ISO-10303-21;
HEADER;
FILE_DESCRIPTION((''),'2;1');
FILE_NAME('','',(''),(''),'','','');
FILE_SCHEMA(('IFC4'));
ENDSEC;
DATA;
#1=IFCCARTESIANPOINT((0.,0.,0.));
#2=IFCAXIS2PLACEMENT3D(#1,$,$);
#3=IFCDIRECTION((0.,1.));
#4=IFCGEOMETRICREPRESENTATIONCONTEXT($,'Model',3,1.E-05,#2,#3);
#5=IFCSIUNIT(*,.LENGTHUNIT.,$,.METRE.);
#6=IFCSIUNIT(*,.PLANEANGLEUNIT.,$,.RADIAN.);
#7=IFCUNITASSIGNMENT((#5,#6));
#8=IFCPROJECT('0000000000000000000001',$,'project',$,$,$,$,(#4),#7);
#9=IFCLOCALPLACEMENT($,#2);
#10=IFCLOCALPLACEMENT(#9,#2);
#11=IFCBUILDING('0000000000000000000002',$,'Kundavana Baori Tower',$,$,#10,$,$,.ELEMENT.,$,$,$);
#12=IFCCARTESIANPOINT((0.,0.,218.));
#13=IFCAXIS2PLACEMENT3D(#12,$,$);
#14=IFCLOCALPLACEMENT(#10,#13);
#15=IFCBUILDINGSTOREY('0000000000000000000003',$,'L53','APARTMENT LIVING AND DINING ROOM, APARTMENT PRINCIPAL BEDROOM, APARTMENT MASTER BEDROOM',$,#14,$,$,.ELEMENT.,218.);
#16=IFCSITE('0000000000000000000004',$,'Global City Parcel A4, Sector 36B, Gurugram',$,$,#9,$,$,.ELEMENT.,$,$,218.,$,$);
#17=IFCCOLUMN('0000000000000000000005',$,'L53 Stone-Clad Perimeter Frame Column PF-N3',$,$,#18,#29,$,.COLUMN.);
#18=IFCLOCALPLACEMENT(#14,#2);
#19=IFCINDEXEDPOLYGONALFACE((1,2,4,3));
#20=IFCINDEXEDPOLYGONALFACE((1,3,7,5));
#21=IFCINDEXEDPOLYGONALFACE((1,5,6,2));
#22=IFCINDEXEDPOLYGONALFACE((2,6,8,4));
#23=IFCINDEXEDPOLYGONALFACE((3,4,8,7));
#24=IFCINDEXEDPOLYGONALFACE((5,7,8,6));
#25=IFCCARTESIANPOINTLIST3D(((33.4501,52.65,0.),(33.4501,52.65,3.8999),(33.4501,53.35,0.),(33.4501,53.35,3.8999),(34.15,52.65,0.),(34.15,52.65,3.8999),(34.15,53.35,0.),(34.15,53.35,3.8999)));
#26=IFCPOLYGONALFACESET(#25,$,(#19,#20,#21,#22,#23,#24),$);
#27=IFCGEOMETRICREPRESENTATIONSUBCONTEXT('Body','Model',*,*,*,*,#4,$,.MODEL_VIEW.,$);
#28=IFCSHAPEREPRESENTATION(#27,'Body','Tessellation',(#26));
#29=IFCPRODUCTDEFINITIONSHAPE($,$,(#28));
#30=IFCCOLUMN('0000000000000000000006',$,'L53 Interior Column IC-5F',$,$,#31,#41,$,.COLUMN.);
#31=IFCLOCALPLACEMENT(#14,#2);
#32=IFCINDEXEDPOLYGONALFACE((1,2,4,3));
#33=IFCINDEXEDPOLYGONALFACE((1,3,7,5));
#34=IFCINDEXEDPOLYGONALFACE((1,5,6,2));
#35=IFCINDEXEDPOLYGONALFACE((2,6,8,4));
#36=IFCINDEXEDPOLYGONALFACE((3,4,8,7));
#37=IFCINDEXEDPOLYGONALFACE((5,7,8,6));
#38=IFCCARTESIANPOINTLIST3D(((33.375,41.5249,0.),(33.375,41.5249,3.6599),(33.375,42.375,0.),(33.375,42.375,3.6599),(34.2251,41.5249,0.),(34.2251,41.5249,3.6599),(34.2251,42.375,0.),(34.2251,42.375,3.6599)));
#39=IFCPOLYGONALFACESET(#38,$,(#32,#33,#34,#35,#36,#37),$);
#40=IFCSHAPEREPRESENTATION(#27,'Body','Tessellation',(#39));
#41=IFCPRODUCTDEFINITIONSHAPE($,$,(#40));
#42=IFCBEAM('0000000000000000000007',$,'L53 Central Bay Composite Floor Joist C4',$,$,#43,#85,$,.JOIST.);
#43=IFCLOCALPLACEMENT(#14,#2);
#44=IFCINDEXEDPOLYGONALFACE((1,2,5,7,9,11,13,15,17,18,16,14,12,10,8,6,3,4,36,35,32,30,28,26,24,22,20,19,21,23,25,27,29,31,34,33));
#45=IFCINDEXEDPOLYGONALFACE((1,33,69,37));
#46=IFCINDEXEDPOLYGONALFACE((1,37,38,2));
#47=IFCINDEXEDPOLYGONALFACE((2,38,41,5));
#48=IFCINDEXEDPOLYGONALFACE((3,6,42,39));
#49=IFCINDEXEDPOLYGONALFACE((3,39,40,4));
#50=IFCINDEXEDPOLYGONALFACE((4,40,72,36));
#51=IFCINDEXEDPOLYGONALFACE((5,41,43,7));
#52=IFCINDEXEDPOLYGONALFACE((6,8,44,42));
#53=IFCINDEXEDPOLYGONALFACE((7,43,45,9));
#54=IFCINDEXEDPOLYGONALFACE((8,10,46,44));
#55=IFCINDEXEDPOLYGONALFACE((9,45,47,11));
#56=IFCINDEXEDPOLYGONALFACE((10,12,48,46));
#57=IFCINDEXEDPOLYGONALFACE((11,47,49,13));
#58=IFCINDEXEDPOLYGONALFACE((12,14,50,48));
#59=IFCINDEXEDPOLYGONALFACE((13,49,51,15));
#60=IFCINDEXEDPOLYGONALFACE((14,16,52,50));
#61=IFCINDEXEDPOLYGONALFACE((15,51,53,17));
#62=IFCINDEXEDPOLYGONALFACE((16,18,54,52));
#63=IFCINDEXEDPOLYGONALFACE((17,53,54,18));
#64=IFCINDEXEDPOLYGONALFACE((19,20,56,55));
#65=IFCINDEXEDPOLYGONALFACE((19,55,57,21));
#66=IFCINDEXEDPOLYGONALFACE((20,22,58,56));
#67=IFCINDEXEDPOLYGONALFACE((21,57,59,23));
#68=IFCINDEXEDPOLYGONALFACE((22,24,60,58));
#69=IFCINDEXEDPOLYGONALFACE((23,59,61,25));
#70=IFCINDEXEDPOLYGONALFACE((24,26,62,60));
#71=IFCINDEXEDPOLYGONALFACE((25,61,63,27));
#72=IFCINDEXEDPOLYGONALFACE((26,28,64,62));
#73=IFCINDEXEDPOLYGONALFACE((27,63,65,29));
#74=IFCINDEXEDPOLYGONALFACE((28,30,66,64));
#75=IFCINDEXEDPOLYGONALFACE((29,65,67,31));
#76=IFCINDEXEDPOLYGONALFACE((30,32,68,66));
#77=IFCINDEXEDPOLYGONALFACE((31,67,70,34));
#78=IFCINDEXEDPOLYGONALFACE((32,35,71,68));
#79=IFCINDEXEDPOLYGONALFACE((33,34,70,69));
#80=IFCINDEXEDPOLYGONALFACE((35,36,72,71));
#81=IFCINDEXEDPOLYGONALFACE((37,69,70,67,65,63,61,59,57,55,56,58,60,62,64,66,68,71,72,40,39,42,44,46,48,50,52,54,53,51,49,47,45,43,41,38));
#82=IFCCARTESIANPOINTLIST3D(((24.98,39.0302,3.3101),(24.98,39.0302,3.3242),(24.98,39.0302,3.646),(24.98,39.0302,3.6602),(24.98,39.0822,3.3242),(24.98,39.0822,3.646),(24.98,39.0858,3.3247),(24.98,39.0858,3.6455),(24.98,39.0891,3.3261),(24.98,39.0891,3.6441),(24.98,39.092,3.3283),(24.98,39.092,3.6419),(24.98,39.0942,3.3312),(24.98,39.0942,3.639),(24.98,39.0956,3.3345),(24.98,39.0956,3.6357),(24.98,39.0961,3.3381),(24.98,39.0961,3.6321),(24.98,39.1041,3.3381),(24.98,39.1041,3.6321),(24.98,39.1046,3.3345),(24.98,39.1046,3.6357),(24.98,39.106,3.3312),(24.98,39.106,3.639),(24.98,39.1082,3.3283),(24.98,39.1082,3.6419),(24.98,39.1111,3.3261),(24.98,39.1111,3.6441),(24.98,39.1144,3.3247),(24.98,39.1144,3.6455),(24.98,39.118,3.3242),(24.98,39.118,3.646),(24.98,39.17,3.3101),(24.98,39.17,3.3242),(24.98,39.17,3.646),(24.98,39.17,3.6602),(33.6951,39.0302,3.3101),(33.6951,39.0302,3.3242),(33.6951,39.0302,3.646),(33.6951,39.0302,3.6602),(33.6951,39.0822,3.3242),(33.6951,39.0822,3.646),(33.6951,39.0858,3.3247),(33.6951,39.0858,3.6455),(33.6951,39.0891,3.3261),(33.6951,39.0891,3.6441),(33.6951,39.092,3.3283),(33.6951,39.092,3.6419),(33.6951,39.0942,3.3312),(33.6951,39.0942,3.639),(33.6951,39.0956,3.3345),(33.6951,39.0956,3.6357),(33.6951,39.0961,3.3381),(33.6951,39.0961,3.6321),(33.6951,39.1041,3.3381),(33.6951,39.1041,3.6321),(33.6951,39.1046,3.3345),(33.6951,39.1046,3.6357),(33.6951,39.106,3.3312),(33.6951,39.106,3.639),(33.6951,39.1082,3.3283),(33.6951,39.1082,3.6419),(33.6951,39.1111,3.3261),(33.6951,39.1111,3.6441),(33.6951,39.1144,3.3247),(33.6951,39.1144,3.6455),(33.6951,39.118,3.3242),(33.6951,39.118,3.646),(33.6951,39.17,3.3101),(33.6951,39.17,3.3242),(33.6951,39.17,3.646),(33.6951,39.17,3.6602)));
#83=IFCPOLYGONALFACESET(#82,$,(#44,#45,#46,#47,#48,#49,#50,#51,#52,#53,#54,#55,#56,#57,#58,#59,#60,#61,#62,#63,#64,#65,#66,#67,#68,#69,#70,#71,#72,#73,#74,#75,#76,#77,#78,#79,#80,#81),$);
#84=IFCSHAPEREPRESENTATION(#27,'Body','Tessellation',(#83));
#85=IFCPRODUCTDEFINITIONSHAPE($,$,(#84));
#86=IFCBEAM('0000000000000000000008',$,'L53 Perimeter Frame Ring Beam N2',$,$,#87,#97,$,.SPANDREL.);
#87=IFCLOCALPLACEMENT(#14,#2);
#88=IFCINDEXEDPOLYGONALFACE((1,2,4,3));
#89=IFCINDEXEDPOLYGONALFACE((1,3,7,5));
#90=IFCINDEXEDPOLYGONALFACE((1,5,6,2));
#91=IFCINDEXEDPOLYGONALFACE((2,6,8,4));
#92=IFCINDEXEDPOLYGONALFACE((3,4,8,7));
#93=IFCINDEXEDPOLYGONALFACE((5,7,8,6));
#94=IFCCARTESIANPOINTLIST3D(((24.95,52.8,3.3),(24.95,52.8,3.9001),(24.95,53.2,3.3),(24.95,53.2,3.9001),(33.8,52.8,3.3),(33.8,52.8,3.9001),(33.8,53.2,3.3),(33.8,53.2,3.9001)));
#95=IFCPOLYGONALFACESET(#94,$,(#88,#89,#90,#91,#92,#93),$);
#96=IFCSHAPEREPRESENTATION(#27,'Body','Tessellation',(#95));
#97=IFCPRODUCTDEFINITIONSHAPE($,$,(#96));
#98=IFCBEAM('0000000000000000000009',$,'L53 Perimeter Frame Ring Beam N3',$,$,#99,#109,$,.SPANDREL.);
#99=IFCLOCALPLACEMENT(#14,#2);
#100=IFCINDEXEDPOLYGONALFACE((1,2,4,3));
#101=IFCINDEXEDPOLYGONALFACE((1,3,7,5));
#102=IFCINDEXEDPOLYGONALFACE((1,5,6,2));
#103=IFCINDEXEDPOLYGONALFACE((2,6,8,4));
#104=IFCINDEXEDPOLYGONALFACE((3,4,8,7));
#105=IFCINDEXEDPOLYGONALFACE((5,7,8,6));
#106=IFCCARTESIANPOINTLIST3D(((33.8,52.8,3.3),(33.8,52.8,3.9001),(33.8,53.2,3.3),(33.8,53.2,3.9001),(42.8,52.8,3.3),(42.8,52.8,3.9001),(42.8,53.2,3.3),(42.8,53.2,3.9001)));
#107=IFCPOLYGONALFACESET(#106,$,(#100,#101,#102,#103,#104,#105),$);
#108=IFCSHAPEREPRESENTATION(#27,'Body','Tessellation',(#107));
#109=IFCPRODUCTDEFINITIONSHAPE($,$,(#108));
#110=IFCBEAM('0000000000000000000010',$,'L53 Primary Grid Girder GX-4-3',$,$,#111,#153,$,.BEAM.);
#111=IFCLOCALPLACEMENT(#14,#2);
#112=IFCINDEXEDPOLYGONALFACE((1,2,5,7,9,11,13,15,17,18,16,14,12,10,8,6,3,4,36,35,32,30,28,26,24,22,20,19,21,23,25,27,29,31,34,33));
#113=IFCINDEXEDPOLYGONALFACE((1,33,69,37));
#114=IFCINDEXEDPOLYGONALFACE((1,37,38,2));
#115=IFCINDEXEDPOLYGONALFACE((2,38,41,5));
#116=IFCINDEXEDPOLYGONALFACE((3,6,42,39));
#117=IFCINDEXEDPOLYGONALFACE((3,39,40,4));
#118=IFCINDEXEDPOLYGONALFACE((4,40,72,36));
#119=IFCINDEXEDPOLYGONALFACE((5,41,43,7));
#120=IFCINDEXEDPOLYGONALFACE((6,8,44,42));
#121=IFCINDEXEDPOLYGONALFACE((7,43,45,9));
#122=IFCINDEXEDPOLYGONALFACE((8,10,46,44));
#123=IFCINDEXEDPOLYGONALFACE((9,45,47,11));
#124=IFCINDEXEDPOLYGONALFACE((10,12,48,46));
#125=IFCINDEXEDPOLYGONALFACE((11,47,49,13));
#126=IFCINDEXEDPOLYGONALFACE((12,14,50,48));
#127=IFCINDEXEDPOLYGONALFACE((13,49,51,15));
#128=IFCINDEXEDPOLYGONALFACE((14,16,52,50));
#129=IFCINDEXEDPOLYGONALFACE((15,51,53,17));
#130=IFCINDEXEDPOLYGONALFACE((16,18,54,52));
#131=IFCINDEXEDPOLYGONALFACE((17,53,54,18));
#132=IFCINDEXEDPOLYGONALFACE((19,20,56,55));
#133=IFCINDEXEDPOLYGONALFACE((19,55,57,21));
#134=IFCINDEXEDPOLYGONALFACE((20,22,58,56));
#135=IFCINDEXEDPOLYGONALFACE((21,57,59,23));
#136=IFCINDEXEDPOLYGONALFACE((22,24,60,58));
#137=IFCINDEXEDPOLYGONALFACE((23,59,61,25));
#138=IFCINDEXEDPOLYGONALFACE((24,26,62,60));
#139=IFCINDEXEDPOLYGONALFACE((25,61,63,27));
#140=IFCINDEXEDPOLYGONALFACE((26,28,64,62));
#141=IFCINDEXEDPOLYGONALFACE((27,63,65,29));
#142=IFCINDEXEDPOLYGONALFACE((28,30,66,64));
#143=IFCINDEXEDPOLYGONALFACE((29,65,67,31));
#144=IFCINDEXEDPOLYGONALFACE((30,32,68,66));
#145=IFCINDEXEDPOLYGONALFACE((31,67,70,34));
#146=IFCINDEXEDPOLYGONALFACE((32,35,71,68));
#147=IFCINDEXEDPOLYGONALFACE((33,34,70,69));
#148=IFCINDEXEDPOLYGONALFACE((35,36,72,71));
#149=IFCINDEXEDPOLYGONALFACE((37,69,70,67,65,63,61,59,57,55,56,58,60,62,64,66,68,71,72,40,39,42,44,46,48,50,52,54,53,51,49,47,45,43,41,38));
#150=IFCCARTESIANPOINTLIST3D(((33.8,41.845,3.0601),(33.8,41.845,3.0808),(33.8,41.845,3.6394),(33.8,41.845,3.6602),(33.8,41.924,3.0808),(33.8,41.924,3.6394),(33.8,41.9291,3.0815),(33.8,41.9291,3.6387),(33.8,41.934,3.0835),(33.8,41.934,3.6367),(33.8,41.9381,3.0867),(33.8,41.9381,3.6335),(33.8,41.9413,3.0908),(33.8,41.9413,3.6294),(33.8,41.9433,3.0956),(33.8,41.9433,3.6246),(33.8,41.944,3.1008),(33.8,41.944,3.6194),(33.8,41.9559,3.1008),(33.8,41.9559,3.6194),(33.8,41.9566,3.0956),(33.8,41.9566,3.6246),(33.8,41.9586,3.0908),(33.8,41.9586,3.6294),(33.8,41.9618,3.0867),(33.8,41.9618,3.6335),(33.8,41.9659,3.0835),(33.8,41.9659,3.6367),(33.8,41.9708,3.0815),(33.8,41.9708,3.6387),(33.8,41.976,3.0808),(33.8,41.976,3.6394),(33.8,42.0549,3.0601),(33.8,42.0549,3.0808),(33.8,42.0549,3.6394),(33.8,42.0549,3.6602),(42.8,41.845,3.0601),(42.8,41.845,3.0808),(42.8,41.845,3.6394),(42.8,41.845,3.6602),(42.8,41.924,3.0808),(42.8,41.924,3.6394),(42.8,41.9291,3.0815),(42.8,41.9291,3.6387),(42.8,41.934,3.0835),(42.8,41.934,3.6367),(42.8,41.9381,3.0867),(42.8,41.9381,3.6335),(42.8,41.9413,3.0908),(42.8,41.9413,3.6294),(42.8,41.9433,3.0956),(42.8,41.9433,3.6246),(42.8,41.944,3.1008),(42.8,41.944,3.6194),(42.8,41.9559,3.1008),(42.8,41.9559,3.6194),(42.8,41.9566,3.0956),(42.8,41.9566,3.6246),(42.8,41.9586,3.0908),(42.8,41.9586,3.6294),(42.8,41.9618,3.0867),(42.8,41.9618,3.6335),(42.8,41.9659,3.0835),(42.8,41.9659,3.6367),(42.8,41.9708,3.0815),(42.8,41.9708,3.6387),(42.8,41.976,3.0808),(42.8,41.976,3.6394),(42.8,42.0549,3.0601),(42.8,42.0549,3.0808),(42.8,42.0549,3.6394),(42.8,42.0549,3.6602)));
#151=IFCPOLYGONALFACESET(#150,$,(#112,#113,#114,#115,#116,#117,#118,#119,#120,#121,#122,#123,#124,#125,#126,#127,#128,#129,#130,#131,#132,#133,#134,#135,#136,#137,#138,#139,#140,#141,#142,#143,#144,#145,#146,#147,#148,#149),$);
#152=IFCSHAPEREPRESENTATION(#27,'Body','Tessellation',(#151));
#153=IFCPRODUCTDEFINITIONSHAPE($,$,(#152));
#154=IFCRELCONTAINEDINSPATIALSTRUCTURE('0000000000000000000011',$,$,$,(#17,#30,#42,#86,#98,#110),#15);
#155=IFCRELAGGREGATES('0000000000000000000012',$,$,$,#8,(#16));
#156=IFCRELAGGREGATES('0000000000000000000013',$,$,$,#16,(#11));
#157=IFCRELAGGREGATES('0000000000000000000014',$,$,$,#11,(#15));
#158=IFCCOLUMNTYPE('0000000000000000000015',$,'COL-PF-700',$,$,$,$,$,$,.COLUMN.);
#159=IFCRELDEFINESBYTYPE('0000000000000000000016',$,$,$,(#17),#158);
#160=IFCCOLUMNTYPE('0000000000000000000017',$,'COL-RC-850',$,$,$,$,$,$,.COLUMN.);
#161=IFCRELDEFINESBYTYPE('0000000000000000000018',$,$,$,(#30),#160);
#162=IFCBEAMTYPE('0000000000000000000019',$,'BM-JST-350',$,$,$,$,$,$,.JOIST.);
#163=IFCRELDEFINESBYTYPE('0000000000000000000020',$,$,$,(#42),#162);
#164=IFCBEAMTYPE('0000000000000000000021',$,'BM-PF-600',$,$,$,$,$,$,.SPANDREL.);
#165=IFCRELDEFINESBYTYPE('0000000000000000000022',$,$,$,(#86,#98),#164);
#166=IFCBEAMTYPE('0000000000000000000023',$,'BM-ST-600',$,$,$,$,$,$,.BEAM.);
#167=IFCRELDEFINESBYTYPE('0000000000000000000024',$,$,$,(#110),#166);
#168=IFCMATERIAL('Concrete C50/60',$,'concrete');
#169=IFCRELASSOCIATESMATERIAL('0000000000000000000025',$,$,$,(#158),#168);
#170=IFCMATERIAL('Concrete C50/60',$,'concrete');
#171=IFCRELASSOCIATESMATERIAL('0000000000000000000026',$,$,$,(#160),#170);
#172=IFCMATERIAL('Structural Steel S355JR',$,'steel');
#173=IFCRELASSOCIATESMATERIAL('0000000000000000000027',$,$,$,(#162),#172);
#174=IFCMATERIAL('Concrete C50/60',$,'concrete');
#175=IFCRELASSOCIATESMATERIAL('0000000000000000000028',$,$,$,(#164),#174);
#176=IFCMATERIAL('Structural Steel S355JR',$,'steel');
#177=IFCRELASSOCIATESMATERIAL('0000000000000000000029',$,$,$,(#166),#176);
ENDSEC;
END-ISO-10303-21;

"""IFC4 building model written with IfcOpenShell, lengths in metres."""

from ifc_helpers import new_model, si_unit, direction, frame, origin, origin_2d, place, context, subcontext, project, spatial, rectangle, i_section, extrude, material, material_profile, profile_set, type_object, element, save


model = new_model("IFC4")

# Units and contexts
model_context = context("Model", 3, precision=1e-05, world=origin(), true_north=direction((0.0, 1.0)))
body_context = subcontext(model_context, "Body", "Model", "MODEL_VIEW")
ifc_project = project(units=[si_unit("LENGTHUNIT", "METRE"), si_unit("PLANEANGLEUNIT", "RADIAN")], contexts=[model_context])

# Site, building, storey
site_placement = place(None, origin())
site = spatial("IfcSite", under=ifc_project, at=site_placement, Name="Global City Parcel A4, Sector 36B, Gurugram", CompositionType="ELEMENT", RefElevation=218.0)
building_placement = place(site_placement, origin())
building = spatial("IfcBuilding", under=site, at=building_placement, Name="Kundavana Baori Tower", CompositionType="ELEMENT")
storey_placement = place(building_placement, frame((0.0, 0.0, 218.0)))
storey = spatial("IfcBuildingStorey", under=building, at=storey_placement, Name="L53", Description="APARTMENT LIVING AND DINING ROOM, APARTMENT PRINCIPAL BEDROOM, APARTMENT MASTER BEDROOM", CompositionType="ELEMENT", Elevation=218.0)

# Columns
ifc_material_1 = material(Name="Concrete C50/60", Category="concrete")
ifc_material_profile_1 = material_profile(ifc_material_1, rectangle(XDim=0.7, YDim=0.7, at=origin_2d()), Name="RC PF 700x700")
ifc_profile_set_1 = profile_set([ifc_material_profile_1], Name="Concrete C50/60")
column_type_1 = type_object("IfcColumnType", Name="COL-PF-700", PredefinedType="COLUMN", material=ifc_profile_set_1)
column_1_placement = place(storey_placement, frame((33.8, 53.0, 0.0), z_axis=(0.0, 0.0, 1.0), x_axis=(1.0, 0.0, 0.0)))
element("IfcColumn", 1, at=column_1_placement, inside=storey, type_object=column_type_1, Name="L53 Stone-Clad Perimeter Frame Column PF-N3", PredefinedType="COLUMN", context=body_context, shape_type="SweptSolid", body=[
    extrude(rectangle(XDim=0.7, YDim=0.7, at=origin_2d()), origin(), (0.0, 0.0, 1.0), 3.8999),
])
ifc_material_2 = material(Name="Concrete C50/60", Category="concrete")
ifc_material_profile_2 = material_profile(ifc_material_2, rectangle(XDim=0.8501, YDim=0.8501, at=origin_2d()), Name="RC 850x850")
ifc_profile_set_2 = profile_set([ifc_material_profile_2], Name="Concrete C50/60")
column_type_2 = type_object("IfcColumnType", Name="COL-RC-850", PredefinedType="COLUMN", material=ifc_profile_set_2)
column_2_placement = place(storey_placement, frame((33.8, 41.95, 0.0), z_axis=(0.0, 0.0, 1.0), x_axis=(1.0, 0.0, 0.0)))
element("IfcColumn", 2, at=column_2_placement, inside=storey, type_object=column_type_2, Name="L53 Interior Column IC-5F", PredefinedType="COLUMN", context=body_context, shape_type="SweptSolid", body=[
    extrude(rectangle(XDim=0.8501, YDim=0.8501, at=origin_2d()), origin(), (0.0, 0.0, 1.0), 3.6599),
])

# Beams
ifc_material_3 = material(Name="Structural Steel S355JR", Category="steel")
ifc_material_profile_3 = material_profile(ifc_material_3, i_section(OverallWidth=0.1399, OverallDepth=0.3501, WebThickness=0.0081, FlangeThickness=0.0142, FilletRadius=0.0139, at=origin_2d()), Name="ISMB 350")
ifc_profile_set_3 = profile_set([ifc_material_profile_3], Name="Structural Steel S355JR")
beam_type_1 = type_object("IfcBeamType", Name="BM-JST-350", PredefinedType="JOIST", material=ifc_profile_set_3)
beam_1_placement = place(storey_placement, frame((24.98, 39.1001, 3.4851), z_axis=(1.0, 0.0, 0.0), x_axis=(0.0, 1.0, 0.0)))
element("IfcBeam", 3, at=beam_1_placement, inside=storey, type_object=beam_type_1, Name="L53 Central Bay Composite Floor Joist C4", PredefinedType="JOIST", context=body_context, shape_type="SweptSolid", body=[
    extrude(i_section(OverallWidth=0.1399, OverallDepth=0.3501, WebThickness=0.0081, FlangeThickness=0.0142, FilletRadius=0.0139, at=origin_2d()), origin(), (0.0, 0.0, 1.0), 8.7151),
])
ifc_material_4 = material(Name="Concrete C50/60", Category="concrete")
ifc_material_profile_4 = material_profile(ifc_material_4, rectangle(XDim=0.3999, YDim=0.6001, at=origin_2d()), Name="RC BM 400x600")
ifc_profile_set_4 = profile_set([ifc_material_profile_4], Name="Concrete C50/60")
beam_type_2 = type_object("IfcBeamType", Name="BM-PF-600", PredefinedType="SPANDREL", material=ifc_profile_set_4)
beam_2_placement = place(storey_placement, frame((24.95, 53.0, 3.6001), z_axis=(1.0, 0.0, 0.0), x_axis=(0.0, 1.0, 0.0)))
element("IfcBeam", 4, at=beam_2_placement, inside=storey, type_object=beam_type_2, Name="L53 Perimeter Frame Ring Beam N2", PredefinedType="SPANDREL", context=body_context, shape_type="SweptSolid", body=[
    extrude(rectangle(XDim=0.3999, YDim=0.6001, at=origin_2d()), origin(), (0.0, 0.0, 1.0), 8.8501),
])
beam_3_placement = place(storey_placement, frame((33.8, 53.0, 3.6001), z_axis=(1.0, 0.0, 0.0), x_axis=(0.0, 1.0, 0.0)))
element("IfcBeam", 5, at=beam_3_placement, inside=storey, type_object=beam_type_2, Name="L53 Perimeter Frame Ring Beam N3", PredefinedType="SPANDREL", context=body_context, shape_type="SweptSolid", body=[
    extrude(rectangle(XDim=0.3999, YDim=0.6001, at=origin_2d()), origin(), (0.0, 0.0, 1.0), 9.0),
])
ifc_material_5 = material(Name="Structural Steel S355JR", Category="steel")
ifc_material_profile_5 = material_profile(ifc_material_5, i_section(OverallWidth=0.21, OverallDepth=0.6001, WebThickness=0.012, FlangeThickness=0.0208, FilletRadius=0.02, at=origin_2d()), Name="ISMB 600")
ifc_profile_set_5 = profile_set([ifc_material_profile_5], Name="Structural Steel S355JR")
beam_type_3 = type_object("IfcBeamType", Name="BM-ST-600", PredefinedType="BEAM", material=ifc_profile_set_5)
beam_4_placement = place(storey_placement, frame((33.8, 41.95, 3.3601), z_axis=(1.0, 0.0, 0.0), x_axis=(0.0, 1.0, 0.0)))
element("IfcBeam", 6, at=beam_4_placement, inside=storey, type_object=beam_type_3, Name="L53 Primary Grid Girder GX-4-3", PredefinedType="BEAM", context=body_context, shape_type="SweptSolid", body=[
    extrude(i_section(OverallWidth=0.21, OverallDepth=0.6001, WebThickness=0.012, FlangeThickness=0.0208, FilletRadius=0.02, at=origin_2d()), origin(), (0.0, 0.0, 1.0), 9.0),
])

save(model, "model.ifc")
